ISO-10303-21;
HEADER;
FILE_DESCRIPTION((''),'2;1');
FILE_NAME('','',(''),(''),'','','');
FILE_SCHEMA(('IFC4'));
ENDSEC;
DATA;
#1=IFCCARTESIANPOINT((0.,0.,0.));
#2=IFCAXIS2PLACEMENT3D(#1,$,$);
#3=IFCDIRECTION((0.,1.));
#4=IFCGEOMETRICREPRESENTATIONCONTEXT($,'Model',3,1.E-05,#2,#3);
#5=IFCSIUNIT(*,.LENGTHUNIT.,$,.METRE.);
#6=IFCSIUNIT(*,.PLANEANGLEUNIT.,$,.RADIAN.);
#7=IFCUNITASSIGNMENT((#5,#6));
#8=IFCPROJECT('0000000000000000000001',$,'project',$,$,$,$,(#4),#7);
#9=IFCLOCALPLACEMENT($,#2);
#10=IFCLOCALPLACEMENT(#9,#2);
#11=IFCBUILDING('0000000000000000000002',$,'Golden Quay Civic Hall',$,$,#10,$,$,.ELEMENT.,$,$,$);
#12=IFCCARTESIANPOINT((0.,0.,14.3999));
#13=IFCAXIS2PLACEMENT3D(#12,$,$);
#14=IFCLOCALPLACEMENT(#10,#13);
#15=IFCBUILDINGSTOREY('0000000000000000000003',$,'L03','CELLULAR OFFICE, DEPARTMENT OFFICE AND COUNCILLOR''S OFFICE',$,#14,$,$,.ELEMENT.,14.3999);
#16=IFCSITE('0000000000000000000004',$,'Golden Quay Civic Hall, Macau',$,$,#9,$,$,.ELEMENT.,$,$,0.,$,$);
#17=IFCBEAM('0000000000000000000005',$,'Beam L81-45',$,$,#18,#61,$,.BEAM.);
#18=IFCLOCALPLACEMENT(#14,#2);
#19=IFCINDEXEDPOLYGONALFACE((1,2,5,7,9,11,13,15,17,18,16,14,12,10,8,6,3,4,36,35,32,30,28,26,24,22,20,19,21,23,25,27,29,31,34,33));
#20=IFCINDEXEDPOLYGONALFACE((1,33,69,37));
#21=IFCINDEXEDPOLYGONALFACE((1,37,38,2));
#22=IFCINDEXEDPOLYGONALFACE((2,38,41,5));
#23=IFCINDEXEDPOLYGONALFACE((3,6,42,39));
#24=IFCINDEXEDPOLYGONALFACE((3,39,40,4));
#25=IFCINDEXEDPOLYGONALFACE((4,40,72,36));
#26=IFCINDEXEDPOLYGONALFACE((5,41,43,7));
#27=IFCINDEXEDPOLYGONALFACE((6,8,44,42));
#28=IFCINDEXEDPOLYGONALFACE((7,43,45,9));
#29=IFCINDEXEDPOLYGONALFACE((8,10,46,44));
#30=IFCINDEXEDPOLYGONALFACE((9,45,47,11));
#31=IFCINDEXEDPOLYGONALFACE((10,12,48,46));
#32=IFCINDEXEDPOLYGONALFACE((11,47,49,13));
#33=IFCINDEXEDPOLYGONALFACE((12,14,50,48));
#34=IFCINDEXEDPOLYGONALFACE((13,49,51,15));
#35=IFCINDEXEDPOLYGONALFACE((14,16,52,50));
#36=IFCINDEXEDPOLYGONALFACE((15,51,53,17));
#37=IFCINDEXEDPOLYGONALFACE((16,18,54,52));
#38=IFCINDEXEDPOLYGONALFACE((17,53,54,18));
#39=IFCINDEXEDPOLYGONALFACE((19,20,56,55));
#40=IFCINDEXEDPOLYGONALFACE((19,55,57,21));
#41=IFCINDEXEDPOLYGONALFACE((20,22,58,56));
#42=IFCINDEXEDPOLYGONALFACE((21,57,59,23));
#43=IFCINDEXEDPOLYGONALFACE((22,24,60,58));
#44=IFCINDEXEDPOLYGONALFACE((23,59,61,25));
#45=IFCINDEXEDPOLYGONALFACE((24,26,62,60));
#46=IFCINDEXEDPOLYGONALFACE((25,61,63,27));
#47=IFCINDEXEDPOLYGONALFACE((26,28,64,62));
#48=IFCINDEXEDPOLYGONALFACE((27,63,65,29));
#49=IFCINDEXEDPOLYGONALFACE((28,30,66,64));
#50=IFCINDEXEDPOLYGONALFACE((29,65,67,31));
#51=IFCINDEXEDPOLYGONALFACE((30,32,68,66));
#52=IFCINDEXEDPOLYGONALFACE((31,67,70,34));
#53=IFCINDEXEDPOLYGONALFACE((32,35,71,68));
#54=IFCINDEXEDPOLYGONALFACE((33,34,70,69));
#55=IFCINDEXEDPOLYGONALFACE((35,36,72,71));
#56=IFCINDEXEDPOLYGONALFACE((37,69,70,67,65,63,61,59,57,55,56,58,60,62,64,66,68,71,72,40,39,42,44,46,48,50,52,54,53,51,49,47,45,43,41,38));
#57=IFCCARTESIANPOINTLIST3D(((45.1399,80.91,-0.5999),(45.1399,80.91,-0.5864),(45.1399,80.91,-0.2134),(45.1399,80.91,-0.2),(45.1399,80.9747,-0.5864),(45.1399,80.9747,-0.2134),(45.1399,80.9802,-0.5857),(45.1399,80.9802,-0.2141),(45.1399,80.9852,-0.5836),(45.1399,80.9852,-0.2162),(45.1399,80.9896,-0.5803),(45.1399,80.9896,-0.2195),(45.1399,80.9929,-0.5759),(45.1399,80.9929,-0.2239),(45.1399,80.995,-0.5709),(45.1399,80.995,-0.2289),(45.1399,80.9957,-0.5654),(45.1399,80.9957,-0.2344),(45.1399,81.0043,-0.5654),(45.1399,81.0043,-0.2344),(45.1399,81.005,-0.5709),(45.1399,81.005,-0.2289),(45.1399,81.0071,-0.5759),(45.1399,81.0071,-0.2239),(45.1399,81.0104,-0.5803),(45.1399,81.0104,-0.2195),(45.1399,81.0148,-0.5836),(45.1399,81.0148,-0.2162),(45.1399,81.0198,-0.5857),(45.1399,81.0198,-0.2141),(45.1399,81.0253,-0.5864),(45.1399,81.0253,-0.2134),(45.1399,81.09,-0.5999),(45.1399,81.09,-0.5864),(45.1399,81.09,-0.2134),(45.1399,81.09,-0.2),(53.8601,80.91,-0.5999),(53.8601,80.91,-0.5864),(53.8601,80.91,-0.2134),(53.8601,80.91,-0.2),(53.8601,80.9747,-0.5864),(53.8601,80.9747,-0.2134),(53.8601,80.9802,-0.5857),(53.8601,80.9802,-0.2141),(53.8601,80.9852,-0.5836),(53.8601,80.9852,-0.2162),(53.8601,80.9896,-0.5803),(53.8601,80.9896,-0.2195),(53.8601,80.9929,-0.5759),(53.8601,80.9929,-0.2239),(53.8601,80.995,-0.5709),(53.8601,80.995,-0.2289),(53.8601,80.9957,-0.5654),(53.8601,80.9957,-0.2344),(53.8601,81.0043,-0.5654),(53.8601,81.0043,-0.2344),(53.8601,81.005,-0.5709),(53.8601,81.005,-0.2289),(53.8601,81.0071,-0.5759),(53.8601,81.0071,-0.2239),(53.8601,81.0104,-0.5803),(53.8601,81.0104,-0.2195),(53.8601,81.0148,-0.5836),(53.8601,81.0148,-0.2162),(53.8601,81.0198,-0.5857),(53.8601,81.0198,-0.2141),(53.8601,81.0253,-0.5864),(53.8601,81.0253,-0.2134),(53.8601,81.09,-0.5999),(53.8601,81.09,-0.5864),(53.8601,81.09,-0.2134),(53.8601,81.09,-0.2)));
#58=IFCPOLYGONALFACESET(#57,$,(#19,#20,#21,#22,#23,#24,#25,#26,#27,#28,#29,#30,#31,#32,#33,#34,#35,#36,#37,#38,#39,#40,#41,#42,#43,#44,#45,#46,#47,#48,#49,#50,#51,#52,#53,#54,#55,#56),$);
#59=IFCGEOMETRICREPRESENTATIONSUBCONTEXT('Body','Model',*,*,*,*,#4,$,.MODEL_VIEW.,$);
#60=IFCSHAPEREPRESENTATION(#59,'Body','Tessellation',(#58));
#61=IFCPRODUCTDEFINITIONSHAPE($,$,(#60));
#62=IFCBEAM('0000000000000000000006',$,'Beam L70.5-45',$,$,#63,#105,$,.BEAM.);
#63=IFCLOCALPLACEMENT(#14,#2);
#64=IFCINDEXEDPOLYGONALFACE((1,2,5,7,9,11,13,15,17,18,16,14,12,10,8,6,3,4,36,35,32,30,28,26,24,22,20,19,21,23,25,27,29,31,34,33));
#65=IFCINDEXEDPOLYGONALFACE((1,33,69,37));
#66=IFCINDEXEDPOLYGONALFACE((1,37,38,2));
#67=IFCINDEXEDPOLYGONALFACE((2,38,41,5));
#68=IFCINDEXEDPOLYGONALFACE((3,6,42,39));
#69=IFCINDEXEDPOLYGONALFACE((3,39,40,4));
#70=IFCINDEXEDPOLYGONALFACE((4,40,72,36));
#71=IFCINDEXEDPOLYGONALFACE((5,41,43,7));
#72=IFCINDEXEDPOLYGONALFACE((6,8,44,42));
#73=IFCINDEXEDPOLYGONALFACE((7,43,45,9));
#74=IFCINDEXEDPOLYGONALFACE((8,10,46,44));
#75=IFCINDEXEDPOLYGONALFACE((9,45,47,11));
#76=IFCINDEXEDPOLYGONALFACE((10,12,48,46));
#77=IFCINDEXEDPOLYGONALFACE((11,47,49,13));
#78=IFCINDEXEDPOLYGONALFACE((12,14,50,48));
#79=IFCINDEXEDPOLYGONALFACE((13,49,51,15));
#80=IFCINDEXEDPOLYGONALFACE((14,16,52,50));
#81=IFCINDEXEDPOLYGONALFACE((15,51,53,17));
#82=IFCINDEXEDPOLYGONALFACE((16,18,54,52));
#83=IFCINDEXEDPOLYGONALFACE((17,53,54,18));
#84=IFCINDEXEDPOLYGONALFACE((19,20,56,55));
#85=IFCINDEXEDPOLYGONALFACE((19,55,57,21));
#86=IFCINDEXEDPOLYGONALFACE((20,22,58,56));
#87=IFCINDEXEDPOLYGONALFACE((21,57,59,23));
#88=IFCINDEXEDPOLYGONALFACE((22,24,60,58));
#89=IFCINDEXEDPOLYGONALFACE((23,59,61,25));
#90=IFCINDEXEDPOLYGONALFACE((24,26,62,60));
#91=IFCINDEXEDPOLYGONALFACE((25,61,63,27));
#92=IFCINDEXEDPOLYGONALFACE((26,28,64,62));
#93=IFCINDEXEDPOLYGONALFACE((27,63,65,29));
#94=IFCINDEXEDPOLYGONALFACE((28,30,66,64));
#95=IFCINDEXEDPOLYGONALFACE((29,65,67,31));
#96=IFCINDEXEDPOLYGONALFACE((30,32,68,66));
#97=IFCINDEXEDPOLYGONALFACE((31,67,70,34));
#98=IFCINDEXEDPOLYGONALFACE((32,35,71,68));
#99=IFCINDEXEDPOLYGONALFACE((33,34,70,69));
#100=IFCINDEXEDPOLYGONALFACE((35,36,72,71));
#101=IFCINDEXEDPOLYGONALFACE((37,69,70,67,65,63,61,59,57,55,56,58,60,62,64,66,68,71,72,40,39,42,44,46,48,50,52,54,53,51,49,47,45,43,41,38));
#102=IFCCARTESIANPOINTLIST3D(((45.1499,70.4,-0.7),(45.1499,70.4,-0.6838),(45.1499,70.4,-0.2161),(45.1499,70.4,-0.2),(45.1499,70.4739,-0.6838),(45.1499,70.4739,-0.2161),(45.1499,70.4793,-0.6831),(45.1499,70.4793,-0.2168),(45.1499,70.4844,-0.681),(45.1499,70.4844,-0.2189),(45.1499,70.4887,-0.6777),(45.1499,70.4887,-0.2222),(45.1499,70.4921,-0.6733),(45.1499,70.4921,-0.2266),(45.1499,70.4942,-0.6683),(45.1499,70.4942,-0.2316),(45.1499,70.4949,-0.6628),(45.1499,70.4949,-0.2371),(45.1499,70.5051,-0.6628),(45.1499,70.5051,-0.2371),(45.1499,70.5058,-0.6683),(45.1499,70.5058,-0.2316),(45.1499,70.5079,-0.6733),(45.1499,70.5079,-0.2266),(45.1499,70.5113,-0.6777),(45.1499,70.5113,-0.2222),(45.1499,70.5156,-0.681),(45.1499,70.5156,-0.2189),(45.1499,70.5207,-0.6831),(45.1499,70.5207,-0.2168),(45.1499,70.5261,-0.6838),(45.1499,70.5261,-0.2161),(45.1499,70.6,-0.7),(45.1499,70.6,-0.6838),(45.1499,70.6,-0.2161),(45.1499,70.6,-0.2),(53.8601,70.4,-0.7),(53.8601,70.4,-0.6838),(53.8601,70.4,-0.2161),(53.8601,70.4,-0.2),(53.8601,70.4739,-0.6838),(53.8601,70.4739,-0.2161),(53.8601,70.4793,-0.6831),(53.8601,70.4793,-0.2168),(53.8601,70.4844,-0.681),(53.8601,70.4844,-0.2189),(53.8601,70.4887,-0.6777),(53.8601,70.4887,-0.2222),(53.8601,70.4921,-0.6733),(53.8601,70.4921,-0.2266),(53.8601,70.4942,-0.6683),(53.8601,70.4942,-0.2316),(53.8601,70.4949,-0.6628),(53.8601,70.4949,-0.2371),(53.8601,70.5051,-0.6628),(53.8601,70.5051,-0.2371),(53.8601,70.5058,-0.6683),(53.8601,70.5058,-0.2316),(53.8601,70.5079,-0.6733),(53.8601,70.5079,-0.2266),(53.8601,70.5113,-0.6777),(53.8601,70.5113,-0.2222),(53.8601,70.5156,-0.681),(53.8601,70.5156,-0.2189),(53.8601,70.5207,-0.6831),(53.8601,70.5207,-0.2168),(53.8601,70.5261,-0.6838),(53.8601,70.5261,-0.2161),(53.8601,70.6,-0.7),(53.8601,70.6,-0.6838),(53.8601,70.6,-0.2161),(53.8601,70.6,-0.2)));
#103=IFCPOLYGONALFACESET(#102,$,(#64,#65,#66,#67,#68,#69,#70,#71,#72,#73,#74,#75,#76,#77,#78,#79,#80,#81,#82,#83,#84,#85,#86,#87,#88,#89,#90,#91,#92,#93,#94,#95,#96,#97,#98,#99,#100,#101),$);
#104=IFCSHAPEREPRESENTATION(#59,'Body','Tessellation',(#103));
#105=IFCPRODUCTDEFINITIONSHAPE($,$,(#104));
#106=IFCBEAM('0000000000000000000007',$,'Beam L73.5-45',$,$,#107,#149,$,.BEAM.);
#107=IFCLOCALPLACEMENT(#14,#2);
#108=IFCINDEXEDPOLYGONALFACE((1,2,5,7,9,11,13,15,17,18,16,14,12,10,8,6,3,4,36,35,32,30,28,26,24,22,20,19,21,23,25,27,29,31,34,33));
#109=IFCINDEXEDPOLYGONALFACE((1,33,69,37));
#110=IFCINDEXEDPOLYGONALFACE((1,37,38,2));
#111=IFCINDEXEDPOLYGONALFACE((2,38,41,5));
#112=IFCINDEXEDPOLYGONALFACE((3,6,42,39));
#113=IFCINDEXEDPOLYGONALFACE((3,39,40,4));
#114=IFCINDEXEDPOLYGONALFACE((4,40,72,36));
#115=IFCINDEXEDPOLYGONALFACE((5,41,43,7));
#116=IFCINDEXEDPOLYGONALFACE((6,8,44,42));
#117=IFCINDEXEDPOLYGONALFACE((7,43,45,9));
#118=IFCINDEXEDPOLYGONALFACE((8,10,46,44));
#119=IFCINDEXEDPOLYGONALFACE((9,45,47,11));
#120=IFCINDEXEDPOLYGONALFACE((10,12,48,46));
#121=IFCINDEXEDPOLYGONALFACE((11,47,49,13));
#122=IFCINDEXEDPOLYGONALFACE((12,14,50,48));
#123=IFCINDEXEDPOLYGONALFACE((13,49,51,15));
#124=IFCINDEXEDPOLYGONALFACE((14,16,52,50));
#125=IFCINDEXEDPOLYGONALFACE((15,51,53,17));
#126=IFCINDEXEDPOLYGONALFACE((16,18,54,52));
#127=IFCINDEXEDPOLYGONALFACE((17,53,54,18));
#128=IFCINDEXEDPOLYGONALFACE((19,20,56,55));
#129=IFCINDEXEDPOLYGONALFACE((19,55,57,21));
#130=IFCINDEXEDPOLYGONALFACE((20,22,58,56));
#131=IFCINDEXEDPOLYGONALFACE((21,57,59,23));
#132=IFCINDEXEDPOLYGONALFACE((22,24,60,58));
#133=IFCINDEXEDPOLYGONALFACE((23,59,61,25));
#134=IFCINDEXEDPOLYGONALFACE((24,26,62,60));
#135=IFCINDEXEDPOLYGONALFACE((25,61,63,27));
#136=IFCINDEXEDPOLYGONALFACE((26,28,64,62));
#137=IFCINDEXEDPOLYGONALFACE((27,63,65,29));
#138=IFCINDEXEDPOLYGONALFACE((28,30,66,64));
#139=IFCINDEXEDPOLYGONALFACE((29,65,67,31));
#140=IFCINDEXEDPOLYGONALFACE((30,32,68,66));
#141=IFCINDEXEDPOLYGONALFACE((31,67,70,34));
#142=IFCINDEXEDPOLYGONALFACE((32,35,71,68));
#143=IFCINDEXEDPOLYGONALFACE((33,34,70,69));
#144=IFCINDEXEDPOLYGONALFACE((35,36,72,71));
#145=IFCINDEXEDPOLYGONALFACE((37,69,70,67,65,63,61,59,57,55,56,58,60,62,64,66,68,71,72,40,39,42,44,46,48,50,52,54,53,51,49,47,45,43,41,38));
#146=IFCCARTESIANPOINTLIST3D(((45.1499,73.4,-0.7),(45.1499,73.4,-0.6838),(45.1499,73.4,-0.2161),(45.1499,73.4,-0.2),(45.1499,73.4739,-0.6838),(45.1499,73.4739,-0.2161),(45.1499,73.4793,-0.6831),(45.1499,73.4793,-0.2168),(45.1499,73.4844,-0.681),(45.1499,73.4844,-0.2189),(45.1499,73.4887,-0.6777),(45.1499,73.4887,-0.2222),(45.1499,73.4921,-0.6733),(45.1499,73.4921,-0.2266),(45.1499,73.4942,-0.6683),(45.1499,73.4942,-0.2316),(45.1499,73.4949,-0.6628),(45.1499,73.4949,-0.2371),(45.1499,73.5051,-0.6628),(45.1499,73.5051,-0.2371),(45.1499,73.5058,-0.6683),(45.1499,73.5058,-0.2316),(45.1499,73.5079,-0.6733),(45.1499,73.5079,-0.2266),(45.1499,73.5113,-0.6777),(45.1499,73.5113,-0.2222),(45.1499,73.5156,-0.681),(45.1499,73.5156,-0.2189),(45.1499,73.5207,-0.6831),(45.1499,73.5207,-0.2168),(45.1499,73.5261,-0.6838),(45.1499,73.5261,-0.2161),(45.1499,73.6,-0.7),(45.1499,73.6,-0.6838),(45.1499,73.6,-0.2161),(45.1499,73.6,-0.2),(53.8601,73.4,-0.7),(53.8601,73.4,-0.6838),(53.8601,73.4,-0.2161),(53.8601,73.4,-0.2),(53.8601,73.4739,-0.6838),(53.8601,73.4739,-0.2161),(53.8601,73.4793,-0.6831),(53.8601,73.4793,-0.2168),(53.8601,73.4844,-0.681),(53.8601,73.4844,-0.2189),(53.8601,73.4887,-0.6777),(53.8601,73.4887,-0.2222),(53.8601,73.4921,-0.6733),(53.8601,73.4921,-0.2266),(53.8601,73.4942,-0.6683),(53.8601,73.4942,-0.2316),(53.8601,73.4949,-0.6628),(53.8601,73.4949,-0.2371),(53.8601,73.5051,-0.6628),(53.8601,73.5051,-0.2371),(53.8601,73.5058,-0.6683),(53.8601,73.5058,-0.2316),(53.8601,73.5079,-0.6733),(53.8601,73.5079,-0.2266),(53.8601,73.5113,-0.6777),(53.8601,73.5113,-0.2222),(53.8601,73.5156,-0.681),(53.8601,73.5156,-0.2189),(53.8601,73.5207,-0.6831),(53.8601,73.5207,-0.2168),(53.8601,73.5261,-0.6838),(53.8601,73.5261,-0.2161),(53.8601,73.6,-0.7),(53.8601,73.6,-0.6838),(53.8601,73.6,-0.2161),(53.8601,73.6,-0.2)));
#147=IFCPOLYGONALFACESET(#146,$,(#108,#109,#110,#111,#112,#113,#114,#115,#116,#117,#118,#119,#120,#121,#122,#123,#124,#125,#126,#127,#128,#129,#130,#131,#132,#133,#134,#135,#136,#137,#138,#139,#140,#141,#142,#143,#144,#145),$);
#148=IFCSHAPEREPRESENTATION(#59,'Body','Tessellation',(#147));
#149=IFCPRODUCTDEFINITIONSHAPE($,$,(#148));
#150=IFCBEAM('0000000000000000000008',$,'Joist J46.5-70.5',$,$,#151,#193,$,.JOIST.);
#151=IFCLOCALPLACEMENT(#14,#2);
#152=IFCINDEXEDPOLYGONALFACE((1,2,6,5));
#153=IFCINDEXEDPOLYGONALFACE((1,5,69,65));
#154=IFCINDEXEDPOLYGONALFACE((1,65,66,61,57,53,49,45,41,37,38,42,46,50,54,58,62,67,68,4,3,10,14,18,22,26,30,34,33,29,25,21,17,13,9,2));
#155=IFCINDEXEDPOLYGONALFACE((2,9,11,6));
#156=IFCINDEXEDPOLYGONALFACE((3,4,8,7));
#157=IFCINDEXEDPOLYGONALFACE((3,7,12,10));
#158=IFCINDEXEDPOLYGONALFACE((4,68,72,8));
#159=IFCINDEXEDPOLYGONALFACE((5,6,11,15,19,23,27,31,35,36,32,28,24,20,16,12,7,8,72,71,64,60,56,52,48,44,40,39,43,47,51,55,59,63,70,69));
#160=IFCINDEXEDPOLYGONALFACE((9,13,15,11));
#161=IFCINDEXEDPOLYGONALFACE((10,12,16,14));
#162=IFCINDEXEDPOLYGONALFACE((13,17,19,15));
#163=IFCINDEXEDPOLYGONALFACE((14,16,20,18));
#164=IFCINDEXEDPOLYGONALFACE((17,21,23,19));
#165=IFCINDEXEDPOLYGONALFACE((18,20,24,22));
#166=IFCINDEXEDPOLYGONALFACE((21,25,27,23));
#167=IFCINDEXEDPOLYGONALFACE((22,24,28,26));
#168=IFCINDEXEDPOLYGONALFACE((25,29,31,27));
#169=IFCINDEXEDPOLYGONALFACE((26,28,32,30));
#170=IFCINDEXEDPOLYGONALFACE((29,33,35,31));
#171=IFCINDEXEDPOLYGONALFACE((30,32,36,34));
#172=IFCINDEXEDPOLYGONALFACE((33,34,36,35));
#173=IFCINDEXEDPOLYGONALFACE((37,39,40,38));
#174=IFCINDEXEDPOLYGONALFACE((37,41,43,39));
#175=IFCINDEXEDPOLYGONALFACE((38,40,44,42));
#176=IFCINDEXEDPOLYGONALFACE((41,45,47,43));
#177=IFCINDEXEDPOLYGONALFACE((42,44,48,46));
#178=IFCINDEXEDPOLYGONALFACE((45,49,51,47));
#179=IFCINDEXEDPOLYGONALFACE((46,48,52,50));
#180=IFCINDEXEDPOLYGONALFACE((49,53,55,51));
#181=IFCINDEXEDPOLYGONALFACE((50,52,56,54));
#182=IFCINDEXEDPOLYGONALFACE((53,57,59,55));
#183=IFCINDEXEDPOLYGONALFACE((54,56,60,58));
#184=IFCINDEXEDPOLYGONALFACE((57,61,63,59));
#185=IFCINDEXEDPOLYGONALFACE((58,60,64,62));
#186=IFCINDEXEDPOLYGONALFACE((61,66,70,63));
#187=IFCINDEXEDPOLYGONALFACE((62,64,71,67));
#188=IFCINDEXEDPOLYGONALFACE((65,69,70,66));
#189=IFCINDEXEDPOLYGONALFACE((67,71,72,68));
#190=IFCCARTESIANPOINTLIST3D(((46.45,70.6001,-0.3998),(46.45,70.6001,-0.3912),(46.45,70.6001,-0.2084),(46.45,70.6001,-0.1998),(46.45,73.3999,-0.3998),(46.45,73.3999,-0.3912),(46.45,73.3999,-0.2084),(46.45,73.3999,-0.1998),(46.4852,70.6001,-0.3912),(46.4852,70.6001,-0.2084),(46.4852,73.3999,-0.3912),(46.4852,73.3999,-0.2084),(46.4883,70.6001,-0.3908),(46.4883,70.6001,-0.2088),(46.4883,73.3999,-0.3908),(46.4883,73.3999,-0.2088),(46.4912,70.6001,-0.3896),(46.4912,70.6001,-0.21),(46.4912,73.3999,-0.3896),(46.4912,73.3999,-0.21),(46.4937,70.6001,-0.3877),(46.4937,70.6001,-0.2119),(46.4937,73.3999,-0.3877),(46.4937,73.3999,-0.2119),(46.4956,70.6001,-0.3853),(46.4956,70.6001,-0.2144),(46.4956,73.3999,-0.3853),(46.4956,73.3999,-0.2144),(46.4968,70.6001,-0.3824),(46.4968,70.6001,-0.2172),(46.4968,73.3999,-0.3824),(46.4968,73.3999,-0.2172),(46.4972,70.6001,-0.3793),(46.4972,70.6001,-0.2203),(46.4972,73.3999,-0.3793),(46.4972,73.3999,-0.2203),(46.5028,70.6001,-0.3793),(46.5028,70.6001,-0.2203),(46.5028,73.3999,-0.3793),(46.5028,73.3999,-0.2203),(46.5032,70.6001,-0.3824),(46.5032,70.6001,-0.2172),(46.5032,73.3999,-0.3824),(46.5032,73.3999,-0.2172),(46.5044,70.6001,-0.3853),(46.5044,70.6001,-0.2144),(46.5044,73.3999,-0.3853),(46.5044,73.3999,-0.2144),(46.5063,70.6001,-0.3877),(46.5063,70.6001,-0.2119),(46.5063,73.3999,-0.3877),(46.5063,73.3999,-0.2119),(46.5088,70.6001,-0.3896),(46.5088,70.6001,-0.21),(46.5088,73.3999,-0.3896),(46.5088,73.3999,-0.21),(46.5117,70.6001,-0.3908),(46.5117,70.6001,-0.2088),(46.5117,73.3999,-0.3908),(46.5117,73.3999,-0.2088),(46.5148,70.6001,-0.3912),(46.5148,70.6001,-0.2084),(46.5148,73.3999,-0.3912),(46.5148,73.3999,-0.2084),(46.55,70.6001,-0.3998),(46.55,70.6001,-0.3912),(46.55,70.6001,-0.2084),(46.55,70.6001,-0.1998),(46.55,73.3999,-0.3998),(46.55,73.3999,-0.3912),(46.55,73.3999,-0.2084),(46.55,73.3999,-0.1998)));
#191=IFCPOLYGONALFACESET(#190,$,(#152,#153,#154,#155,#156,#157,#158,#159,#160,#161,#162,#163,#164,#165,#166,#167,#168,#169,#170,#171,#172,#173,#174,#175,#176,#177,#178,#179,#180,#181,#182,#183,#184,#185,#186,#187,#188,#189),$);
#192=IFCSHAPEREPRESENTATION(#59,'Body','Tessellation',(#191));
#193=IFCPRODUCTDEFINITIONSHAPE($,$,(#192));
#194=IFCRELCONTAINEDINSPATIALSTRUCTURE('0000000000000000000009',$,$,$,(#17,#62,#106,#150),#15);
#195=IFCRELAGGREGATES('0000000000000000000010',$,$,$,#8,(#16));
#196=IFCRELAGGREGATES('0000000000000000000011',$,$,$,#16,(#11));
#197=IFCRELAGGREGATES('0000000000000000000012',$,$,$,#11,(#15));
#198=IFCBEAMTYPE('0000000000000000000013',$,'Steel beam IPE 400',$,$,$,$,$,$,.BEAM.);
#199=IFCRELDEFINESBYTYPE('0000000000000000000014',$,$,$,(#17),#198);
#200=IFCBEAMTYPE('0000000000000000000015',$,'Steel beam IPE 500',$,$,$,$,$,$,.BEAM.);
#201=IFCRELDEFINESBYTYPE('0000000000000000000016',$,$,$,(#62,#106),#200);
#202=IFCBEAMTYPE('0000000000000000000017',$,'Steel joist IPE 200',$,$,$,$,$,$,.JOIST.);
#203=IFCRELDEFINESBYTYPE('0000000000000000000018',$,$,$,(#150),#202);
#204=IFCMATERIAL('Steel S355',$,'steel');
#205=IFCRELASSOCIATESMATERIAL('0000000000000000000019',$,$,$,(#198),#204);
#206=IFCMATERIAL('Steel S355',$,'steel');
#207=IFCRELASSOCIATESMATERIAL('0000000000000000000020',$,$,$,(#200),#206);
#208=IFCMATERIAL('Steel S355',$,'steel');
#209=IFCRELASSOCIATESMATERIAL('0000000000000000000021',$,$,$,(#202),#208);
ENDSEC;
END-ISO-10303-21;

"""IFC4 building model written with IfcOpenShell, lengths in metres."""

from ifc_helpers import new_model, si_unit, direction, frame, origin, origin_2d, place, context, subcontext, project, spatial, i_section, extrude, material, material_profile, profile_set, type_object, element, save


model = new_model("IFC4")

# Units and contexts
model_context = context("Model", 3, precision=1e-05, world=origin(), true_north=direction((0.0, 1.0)))
body_context = subcontext(model_context, "Body", "Model", "MODEL_VIEW")
ifc_project = project(units=[si_unit("LENGTHUNIT", "METRE"), si_unit("PLANEANGLEUNIT", "RADIAN")], contexts=[model_context])

# Site, building, storey
site_placement = place(None, origin())
site = spatial("IfcSite", under=ifc_project, at=site_placement, Name="Golden Quay Civic Hall, Macau", CompositionType="ELEMENT", RefElevation=0.0)
building_placement = place(site_placement, origin())
building = spatial("IfcBuilding", under=site, at=building_placement, Name="Golden Quay Civic Hall", CompositionType="ELEMENT")
storey_placement = place(building_placement, frame((0.0, 0.0, 14.3999)))
storey = spatial("IfcBuildingStorey", under=building, at=storey_placement, Name="L03", Description="CELLULAR OFFICE, DEPARTMENT OFFICE AND COUNCILLOR'S OFFICE", CompositionType="ELEMENT", Elevation=14.3999)

# Beams
ifc_material_1 = material(Name="Steel S355", Category="steel")
ifc_material_profile_1 = material_profile(ifc_material_1, i_section(OverallWidth=0.1799, OverallDepth=0.3999, WebThickness=0.0085, FlangeThickness=0.0134, FilletRadius=0.021, at=origin_2d()), Name="IPE 400")
ifc_profile_set_1 = profile_set([ifc_material_profile_1], Name="Steel S355")
beam_type_1 = type_object("IfcBeamType", Name="Steel beam IPE 400", PredefinedType="BEAM", material=ifc_profile_set_1)
beam_1_placement = place(storey_placement, frame((45.1399, 81.0, -0.3999), z_axis=(1.0, 0.0, 0.0), x_axis=(0.0, 1.0, 0.0)))
element("IfcBeam", 1, at=beam_1_placement, inside=storey, type_object=beam_type_1, Name="Beam L81-45", PredefinedType="BEAM", context=body_context, shape_type="SweptSolid", body=[
    extrude(i_section(OverallWidth=0.1799, OverallDepth=0.3999, WebThickness=0.0085, FlangeThickness=0.0134, FilletRadius=0.021, at=origin_2d()), origin(), (0.0, 0.0, 1.0), 8.7202),
])
ifc_material_2 = material(Name="Steel S355", Category="steel")
ifc_material_profile_2 = material_profile(ifc_material_2, i_section(OverallWidth=0.2, OverallDepth=0.5, WebThickness=0.0103, FlangeThickness=0.0161, FilletRadius=0.021, at=origin_2d()), Name="IPE 500")
ifc_profile_set_2 = profile_set([ifc_material_profile_2], Name="Steel S355")
beam_type_2 = type_object("IfcBeamType", Name="Steel beam IPE 500", PredefinedType="BEAM", material=ifc_profile_set_2)
for number, where, z_axis, x_axis, name in (
    (2, (45.1499, 70.5, -0.45), (1.0, 0.0, 0.0), (0.0, 1.0, 0.0), "Beam L70.5-45"),
    (3, (45.1499, 73.5, -0.45), (1.0, 0.0, 0.0), (0.0, 1.0, 0.0), "Beam L73.5-45"),
):
    element("IfcBeam", number, at=place(storey_placement, frame(where, z_axis=z_axis, x_axis=x_axis)), inside=storey, type_object=beam_type_2, Name=name, PredefinedType="BEAM", context=body_context, shape_type="SweptSolid", body=[
        extrude(i_section(OverallWidth=0.2, OverallDepth=0.5, WebThickness=0.0103, FlangeThickness=0.0161, FilletRadius=0.021, at=origin_2d()), origin(), (0.0, 0.0, 1.0), 8.7102),
    ])
ifc_material_3 = material(Name="Steel S355", Category="steel")
ifc_material_profile_3 = material_profile(ifc_material_3, i_section(OverallWidth=0.1001, OverallDepth=0.2, WebThickness=0.0056, FlangeThickness=0.0085, FilletRadius=0.012, at=origin_2d()), Name="IPE 200")
ifc_profile_set_3 = profile_set([ifc_material_profile_3], Name="Steel S355")
beam_type_3 = type_object("IfcBeamType", Name="Steel joist IPE 200", PredefinedType="JOIST", material=ifc_profile_set_3)
for number, where, z_axis, x_axis, name in (
    (4, (46.5, 70.6001, -0.2998), (0.0, 1.0, 0.0), (-1.0, 0.0, 0.0), "Joist J46.5-70.5"),
):
    element("IfcBeam", number, at=place(storey_placement, frame(where, z_axis=z_axis, x_axis=x_axis)), inside=storey, type_object=beam_type_3, Name=name, PredefinedType="JOIST", context=body_context, shape_type="SweptSolid", body=[
        extrude(i_section(OverallWidth=0.1001, OverallDepth=0.2, WebThickness=0.0056, FlangeThickness=0.0085, FilletRadius=0.012, at=origin_2d()), origin(), (0.0, 0.0, 1.0), 2.7998),
    ])

save(model, "model.ifc")
